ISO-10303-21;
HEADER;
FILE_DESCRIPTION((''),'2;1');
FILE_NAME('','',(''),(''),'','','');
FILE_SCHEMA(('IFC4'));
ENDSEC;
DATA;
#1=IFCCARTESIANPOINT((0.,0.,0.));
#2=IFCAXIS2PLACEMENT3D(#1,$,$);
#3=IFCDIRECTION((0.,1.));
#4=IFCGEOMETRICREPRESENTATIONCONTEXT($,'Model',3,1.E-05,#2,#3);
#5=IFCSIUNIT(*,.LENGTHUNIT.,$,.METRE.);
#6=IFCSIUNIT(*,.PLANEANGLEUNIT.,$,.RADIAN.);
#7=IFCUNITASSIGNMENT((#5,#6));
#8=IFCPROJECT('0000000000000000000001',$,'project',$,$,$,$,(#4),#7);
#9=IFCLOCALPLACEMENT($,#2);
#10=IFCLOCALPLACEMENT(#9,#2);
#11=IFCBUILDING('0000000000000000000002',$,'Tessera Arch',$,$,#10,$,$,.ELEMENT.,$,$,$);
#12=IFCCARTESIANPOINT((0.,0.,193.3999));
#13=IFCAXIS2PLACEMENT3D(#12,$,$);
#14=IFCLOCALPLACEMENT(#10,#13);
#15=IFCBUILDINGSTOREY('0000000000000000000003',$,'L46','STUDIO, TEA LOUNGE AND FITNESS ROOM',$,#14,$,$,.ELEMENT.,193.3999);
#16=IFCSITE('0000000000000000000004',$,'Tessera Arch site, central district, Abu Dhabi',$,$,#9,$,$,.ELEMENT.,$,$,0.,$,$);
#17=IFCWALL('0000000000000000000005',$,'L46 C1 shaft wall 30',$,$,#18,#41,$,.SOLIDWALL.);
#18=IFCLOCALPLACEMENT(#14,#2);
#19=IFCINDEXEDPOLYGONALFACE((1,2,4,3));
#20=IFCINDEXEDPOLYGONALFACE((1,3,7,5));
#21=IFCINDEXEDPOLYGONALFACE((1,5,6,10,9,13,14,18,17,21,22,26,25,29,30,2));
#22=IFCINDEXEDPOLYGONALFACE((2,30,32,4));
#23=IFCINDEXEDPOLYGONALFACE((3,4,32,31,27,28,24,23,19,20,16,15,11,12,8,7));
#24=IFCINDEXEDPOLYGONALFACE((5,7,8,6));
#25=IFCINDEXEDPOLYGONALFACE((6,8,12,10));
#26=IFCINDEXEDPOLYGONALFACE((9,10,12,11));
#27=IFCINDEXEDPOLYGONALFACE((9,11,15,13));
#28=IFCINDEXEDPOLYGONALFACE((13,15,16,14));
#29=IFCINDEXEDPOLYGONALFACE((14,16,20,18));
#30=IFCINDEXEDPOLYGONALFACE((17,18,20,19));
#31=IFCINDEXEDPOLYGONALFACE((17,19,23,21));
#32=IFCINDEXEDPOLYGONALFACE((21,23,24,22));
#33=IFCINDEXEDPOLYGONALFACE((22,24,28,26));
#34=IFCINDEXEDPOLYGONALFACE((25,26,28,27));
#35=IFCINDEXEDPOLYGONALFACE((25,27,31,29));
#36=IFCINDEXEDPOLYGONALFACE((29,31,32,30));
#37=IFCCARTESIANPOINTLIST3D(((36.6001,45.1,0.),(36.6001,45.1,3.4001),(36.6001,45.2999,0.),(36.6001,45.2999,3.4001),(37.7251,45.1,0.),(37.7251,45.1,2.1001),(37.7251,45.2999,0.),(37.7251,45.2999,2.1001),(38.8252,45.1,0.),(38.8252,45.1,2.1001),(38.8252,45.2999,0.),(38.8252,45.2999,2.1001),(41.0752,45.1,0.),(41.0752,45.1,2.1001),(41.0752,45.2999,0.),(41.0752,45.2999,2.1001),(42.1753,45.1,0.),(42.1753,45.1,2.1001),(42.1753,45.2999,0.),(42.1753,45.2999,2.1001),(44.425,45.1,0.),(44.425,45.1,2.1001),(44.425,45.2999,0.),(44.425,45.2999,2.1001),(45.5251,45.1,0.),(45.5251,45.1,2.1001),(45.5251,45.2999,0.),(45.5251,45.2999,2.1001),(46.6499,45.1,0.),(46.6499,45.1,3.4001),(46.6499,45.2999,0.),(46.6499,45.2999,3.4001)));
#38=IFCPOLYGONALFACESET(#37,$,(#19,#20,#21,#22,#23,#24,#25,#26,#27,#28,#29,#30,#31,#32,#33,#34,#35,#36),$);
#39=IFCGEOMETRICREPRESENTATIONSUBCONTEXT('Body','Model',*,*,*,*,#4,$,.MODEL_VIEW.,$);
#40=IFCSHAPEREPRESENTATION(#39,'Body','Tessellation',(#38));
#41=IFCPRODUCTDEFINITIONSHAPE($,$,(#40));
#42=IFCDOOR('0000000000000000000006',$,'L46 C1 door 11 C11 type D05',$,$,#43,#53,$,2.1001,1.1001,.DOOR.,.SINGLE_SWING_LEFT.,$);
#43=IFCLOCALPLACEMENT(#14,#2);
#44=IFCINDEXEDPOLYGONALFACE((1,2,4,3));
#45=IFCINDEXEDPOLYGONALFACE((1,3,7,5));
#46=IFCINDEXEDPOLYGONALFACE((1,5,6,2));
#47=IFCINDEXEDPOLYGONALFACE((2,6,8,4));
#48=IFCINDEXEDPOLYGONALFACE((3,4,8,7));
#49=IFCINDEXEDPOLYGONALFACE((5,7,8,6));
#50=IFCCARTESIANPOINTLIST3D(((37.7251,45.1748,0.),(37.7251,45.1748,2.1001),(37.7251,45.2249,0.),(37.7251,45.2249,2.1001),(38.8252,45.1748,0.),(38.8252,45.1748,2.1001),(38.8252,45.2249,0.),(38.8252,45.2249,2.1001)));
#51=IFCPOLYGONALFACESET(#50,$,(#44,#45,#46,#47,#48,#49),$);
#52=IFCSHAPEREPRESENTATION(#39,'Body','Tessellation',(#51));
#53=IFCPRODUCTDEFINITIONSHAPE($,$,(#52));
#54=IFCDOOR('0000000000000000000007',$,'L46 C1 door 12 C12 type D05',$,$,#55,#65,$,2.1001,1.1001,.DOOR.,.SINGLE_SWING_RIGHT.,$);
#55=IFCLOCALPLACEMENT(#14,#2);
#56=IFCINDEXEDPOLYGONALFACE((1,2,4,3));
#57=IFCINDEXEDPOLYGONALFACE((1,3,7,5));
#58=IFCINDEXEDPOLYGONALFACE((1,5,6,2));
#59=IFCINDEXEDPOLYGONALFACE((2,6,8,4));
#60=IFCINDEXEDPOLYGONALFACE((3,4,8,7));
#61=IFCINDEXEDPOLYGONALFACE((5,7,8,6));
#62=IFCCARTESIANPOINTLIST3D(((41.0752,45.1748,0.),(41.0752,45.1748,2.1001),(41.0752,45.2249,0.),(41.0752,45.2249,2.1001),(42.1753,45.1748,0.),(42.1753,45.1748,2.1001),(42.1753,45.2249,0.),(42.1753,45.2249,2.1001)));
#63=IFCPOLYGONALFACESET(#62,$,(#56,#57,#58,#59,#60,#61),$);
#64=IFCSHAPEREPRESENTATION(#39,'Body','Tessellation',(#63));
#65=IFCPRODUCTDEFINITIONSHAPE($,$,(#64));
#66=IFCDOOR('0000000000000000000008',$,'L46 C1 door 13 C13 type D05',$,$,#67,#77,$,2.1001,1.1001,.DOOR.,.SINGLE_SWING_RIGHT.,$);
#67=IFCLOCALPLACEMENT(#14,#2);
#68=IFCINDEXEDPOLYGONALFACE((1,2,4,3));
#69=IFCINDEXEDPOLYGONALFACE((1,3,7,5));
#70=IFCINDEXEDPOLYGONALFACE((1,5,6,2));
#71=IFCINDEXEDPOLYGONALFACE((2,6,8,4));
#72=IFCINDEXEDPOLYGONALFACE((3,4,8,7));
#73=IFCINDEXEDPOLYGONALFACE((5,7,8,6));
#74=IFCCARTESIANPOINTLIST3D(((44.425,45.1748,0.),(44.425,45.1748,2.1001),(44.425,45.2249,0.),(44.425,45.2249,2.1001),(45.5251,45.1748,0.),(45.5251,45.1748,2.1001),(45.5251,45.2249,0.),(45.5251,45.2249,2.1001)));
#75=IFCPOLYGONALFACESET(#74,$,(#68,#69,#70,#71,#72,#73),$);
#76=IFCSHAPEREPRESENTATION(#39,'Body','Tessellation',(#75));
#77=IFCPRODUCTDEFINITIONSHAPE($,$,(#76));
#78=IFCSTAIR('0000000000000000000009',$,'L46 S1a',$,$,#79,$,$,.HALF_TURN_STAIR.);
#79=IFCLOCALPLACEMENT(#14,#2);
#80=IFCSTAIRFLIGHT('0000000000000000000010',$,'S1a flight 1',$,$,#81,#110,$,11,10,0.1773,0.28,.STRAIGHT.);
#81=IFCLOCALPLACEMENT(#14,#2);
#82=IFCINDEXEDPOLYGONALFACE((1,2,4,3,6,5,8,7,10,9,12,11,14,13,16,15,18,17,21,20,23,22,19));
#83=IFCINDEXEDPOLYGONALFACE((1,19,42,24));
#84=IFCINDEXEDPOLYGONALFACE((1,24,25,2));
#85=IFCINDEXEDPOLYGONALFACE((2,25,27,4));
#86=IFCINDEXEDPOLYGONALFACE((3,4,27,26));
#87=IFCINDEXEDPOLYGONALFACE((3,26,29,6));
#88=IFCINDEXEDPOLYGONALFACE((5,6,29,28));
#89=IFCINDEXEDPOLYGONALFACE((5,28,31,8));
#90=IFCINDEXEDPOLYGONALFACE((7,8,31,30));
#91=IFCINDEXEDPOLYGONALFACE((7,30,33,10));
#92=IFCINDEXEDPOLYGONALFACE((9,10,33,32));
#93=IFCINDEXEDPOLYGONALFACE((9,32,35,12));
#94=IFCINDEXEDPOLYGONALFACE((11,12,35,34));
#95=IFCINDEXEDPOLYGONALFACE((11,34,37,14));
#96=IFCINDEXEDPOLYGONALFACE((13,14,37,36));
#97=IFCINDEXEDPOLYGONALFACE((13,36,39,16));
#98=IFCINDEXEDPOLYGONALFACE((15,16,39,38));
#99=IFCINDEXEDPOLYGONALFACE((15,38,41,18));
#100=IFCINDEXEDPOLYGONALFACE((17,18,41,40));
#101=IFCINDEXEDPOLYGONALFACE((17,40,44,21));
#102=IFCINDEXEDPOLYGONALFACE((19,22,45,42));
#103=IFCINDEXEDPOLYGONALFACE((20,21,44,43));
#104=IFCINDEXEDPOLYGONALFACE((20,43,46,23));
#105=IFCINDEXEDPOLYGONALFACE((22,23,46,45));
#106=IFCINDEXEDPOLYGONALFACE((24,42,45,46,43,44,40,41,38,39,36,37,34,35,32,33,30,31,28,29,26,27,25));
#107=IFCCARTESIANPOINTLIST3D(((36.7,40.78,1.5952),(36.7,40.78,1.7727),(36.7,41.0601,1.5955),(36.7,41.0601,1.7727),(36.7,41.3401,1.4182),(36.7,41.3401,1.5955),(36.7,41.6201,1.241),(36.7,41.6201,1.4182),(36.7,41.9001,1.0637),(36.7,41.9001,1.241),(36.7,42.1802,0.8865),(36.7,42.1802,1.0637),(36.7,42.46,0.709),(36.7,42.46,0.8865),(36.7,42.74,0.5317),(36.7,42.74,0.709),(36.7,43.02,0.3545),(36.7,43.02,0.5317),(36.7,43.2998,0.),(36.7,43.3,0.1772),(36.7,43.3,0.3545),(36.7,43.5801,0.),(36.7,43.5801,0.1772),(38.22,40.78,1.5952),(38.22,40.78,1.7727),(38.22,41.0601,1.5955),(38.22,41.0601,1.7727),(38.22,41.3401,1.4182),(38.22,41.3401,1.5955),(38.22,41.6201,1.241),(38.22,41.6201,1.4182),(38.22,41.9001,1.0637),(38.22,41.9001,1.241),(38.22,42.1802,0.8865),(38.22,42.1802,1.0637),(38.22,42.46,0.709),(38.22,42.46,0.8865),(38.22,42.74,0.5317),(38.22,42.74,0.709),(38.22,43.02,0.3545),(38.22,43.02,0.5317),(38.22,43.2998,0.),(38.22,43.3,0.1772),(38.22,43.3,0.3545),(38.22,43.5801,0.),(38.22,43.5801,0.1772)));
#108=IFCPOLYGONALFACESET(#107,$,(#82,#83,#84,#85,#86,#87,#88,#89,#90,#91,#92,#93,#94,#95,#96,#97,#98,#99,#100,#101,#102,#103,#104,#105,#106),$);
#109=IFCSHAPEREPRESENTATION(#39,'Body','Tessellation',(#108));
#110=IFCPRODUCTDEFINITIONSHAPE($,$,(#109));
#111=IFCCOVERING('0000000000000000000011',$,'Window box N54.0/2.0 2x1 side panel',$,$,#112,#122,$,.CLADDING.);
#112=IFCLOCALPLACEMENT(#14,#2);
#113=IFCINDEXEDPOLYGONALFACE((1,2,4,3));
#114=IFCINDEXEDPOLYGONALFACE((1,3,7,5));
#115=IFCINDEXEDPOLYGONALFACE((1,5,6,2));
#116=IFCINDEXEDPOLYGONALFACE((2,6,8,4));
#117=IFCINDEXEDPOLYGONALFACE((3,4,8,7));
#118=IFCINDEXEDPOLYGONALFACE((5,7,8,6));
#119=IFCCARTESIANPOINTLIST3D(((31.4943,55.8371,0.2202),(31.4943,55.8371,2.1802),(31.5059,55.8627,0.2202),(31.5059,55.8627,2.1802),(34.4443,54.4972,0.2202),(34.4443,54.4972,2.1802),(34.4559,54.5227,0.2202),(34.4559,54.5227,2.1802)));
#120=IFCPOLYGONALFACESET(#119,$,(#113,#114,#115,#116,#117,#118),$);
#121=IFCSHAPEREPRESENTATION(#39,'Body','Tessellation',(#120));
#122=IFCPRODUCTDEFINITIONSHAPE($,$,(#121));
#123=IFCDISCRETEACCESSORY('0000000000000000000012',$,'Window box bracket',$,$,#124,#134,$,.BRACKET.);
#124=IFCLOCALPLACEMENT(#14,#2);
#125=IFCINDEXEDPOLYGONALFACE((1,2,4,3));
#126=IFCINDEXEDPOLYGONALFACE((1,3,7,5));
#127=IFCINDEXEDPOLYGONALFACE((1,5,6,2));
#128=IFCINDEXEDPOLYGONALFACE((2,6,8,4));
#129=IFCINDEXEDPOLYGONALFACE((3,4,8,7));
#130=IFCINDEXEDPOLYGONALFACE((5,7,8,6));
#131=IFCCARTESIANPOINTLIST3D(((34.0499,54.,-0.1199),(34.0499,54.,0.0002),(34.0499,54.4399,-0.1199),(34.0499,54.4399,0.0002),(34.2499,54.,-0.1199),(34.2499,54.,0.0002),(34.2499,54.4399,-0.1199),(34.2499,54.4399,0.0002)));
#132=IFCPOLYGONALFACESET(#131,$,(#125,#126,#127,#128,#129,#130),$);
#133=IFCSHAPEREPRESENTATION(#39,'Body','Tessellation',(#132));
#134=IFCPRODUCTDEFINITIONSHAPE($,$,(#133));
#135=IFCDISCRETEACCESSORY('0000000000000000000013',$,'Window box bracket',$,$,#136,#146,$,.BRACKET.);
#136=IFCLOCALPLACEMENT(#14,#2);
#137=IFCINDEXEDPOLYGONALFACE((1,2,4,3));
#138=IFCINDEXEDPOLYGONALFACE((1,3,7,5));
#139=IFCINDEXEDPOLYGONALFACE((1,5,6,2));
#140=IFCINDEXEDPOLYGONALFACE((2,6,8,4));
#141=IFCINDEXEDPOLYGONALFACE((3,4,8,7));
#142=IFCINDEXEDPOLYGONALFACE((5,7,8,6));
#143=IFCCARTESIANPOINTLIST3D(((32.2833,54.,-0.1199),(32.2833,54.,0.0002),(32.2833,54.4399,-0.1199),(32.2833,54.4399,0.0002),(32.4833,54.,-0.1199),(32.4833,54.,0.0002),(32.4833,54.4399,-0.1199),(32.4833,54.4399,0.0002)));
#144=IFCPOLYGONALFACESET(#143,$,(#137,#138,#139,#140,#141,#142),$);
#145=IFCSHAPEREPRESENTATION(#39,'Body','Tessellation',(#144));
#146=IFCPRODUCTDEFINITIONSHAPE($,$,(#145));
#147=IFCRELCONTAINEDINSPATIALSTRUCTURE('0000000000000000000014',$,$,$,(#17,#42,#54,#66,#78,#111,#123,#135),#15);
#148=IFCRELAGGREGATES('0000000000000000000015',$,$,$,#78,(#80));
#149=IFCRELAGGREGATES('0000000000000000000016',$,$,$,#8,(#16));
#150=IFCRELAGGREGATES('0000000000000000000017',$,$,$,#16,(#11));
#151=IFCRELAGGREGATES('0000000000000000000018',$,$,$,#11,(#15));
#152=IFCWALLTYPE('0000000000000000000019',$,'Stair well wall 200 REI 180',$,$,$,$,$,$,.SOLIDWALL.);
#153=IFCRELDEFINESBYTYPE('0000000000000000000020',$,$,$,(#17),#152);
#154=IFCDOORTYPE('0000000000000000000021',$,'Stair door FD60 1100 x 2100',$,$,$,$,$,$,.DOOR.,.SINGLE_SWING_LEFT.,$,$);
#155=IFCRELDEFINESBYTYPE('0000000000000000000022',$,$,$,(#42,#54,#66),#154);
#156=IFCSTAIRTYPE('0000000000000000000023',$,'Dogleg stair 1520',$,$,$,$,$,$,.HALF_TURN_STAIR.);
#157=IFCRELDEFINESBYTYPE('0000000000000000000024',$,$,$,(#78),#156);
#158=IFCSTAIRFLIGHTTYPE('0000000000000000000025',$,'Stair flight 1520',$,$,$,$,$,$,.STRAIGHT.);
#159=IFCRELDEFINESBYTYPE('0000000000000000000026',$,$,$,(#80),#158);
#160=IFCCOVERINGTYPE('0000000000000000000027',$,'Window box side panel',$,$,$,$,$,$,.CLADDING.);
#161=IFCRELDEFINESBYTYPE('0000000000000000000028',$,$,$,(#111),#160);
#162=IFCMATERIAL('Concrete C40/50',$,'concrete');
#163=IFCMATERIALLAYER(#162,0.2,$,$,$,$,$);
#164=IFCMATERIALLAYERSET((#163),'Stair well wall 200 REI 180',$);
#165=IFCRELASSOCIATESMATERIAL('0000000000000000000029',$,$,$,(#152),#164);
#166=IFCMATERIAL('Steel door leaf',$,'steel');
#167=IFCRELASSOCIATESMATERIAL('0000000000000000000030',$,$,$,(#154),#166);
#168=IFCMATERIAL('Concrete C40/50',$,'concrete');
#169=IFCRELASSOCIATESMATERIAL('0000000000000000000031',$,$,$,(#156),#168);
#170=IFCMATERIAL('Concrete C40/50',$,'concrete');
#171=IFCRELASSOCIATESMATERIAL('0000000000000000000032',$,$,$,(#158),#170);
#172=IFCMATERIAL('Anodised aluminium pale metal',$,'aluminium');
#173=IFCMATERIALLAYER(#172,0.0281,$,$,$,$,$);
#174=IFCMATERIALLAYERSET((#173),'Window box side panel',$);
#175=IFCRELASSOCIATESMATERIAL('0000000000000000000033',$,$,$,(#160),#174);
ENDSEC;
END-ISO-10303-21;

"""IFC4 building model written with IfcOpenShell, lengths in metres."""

from ifc_helpers import new_model, si_unit, direction, frame, frame_2d, origin, origin_2d, place, context, subcontext, project, spatial, polyline, rectangle, outline, extrude, material, layer, layer_set, type_object, element, fill, aggregate, save


model = new_model("IFC4")

# Units and contexts
model_context = context("Model", 3, precision=1e-05, world=origin(), true_north=direction((0.0, 1.0)))
body_context = subcontext(model_context, "Body", "Model", "MODEL_VIEW")
ifc_project = project(units=[si_unit("LENGTHUNIT", "METRE"), si_unit("PLANEANGLEUNIT", "RADIAN")], contexts=[model_context])

# Site, building, storey
site_placement = place(None, origin())
site = spatial("IfcSite", under=ifc_project, at=site_placement, Name="Tessera Arch site, central district, Abu Dhabi", CompositionType="ELEMENT", RefElevation=0.0)
building_placement = place(site_placement, origin())
building = spatial("IfcBuilding", under=site, at=building_placement, Name="Tessera Arch", CompositionType="ELEMENT")
storey_placement = place(building_placement, frame((0.0, 0.0, 193.3999)))
storey = spatial("IfcBuildingStorey", under=building, at=storey_placement, Name="L46", Description="STUDIO, TEA LOUNGE AND FITNESS ROOM", CompositionType="ELEMENT", Elevation=193.3999)

# Wall, openings, doors
ifc_material_1 = material(Name="Concrete C40/50", Category="concrete")
ifc_layer_1 = layer(ifc_material_1, 0.2)
ifc_layer_set_1 = layer_set([ifc_layer_1], Name="Stair well wall 200 REI 180")
wall_type_1 = type_object("IfcWallType", Name="Stair well wall 200 REI 180", PredefinedType="SOLIDWALL", material=ifc_layer_set_1)
wall_1_placement = place(storey_placement, frame((36.6001, 45.2, 0.0), z_axis=(0.0, 0.0, 1.0), x_axis=(1.0, 0.0, 0.0)))
wall_1 = element("IfcWall", 1, at=wall_1_placement, inside=storey, type_object=wall_type_1, Name="L46 C1 shaft wall 30", PredefinedType="SOLIDWALL", context=body_context, shape_type="SweptSolid", body=[
    extrude(rectangle(XDim=10.0498, YDim=0.2, at=frame_2d((5.0249, 0.0))), origin(), (0.0, 0.0, 1.0), 3.4001),
])
opening_1_placement = place(wall_1_placement, frame((1.125, 0.0, 0.0)))
opening_1 = element("IfcOpeningElement", 2, at=opening_1_placement, cuts=wall_1, PredefinedType="OPENING", context=body_context, shape_type="SweptSolid", body=[
    extrude(rectangle(XDim=1.1001, YDim=2.1001, at=frame_2d((0.55, 1.05))), frame((0.0, 0.1099, 0.0), z_axis=(0.0, -1.0, 0.0), x_axis=(1.0, 0.0, 0.0)), (0.0, 0.0, 1.0), 0.22),
])
opening_2_placement = place(wall_1_placement, frame((4.4751, 0.0, 0.0)))
opening_2 = element("IfcOpeningElement", 3, at=opening_2_placement, cuts=wall_1, PredefinedType="OPENING", context=body_context, shape_type="SweptSolid", body=[
    extrude(rectangle(XDim=1.1001, YDim=2.1001, at=frame_2d((0.55, 1.05))), frame((0.0, 0.1099, 0.0), z_axis=(0.0, -1.0, 0.0), x_axis=(1.0, 0.0, 0.0)), (0.0, 0.0, 1.0), 0.22),
])
opening_3_placement = place(wall_1_placement, frame((7.825, 0.0, 0.0)))
opening_3 = element("IfcOpeningElement", 4, at=opening_3_placement, cuts=wall_1, PredefinedType="OPENING", context=body_context, shape_type="SweptSolid", body=[
    extrude(rectangle(XDim=1.1001, YDim=2.1001, at=frame_2d((0.55, 1.05))), frame((0.0, 0.1099, 0.0), z_axis=(0.0, -1.0, 0.0), x_axis=(1.0, 0.0, 0.0)), (0.0, 0.0, 1.0), 0.22),
])
ifc_material_2 = material(Name="Steel door leaf", Category="steel")
door_type_1 = type_object("IfcDoorType", Name="Stair door FD60 1100 x 2100", OperationType="SINGLE_SWING_LEFT", PredefinedType="DOOR", material=ifc_material_2)
door_1_placement = place(opening_1_placement, origin())
door_1 = element("IfcDoor", 5, at=door_1_placement, inside=storey, type_object=door_type_1, Name="L46 C1 door 11 C11 type D05", OperationType="SINGLE_SWING_LEFT", OverallHeight=2.1001, OverallWidth=1.1001, PredefinedType="DOOR", context=body_context, shape_type="SweptSolid", body=[
    extrude(rectangle(XDim=1.1001, YDim=2.1001, at=frame_2d((0.55, 1.05))), frame((0.0, 0.0249, 0.0), z_axis=(0.0, -1.0, 0.0), x_axis=(1.0, 0.0, 0.0)), (0.0, 0.0, 1.0), 0.05),
])
fill(opening_1, door_1)
door_2_placement = place(opening_2_placement, origin())
door_2 = element("IfcDoor", 6, at=door_2_placement, inside=storey, type_object=door_type_1, Name="L46 C1 door 12 C12 type D05", OperationType="SINGLE_SWING_RIGHT", OverallHeight=2.1001, OverallWidth=1.1001, PredefinedType="DOOR", context=body_context, shape_type="SweptSolid", body=[
    extrude(rectangle(XDim=1.1001, YDim=2.1001, at=frame_2d((0.55, 1.05))), frame((0.0, 0.0249, 0.0), z_axis=(0.0, -1.0, 0.0), x_axis=(1.0, 0.0, 0.0)), (0.0, 0.0, 1.0), 0.05),
])
fill(opening_2, door_2)
door_3_placement = place(opening_3_placement, origin())
door_3 = element("IfcDoor", 7, at=door_3_placement, inside=storey, type_object=door_type_1, Name="L46 C1 door 13 C13 type D05", OperationType="SINGLE_SWING_RIGHT", OverallHeight=2.1001, OverallWidth=1.1001, PredefinedType="DOOR", context=body_context, shape_type="SweptSolid", body=[
    extrude(rectangle(XDim=1.1001, YDim=2.1001, at=frame_2d((0.55, 1.05))), frame((0.0, 0.0249, 0.0), z_axis=(0.0, -1.0, 0.0), x_axis=(1.0, 0.0, 0.0)), (0.0, 0.0, 1.0), 0.05),
])
fill(opening_3, door_3)

# Stair, stair flight
ifc_material_3 = material(Name="Concrete C40/50", Category="concrete")
stair_type = type_object("IfcStairType", Name="Dogleg stair 1520", PredefinedType="HALF_TURN_STAIR", material=ifc_material_3)
stair_placement = place(storey_placement, origin())
stair = element("IfcStair", 8, at=stair_placement, inside=storey, type_object=stair_type, Name="L46 S1a", PredefinedType="HALF_TURN_STAIR")
ifc_material_4 = material(Name="Concrete C40/50", Category="concrete")
stair_flight_type = type_object("IfcStairFlightType", Name="Stair flight 1520", PredefinedType="STRAIGHT", material=ifc_material_4)
stair_flight_placement = place(storey_placement, frame((37.46, 43.5801, 0.0), z_axis=(0.0, 0.0, 1.0), x_axis=(0.0, -1.0, 0.0)))
stair_flight = element("IfcStairFlight", 9, at=stair_flight_placement, type_object=stair_flight_type, Name="S1a flight 1", NumberOfRisers=11, NumberOfTreads=10, PredefinedType="STRAIGHT", RiserHeight=0.1773, TreadLength=0.28, context=body_context, shape_type="SweptSolid", body=[
    extrude(outline(polyline([(0.0, 0.0), (0.0, 0.1772), (0.28, 0.1772), (0.28, 0.3545), (0.5601, 0.3545), (0.5601, 0.5317), (0.8401, 0.5317), (0.8401, 0.709), (1.1201, 0.709), (1.1201, 0.8865), (1.3999, 0.8865), (1.3999, 1.0637), (1.6799, 1.0637), (1.6799, 1.241), (1.96, 1.241), (1.96, 1.4182), (2.24, 1.4182), (2.24, 1.5955), (2.52, 1.5955), (2.52, 1.7727), (2.8, 1.7727), (2.8, 1.95), (2.8, 1.5952), (0.2803, 0.0), (0.0, 0.0)])), frame((0.0, 0.76, 0.0), z_axis=(0.0, -1.0, 0.0), x_axis=(1.0, 0.0, 0.0)), (0.0, 0.0, 1.0), 1.52),
])
aggregate(stair, [stair_flight])

# Covering
ifc_material_5 = material(Name="Anodised aluminium pale metal", Category="aluminium")
ifc_layer_2 = layer(ifc_material_5, 0.0281)
ifc_layer_set_2 = layer_set([ifc_layer_2], Name="Window box side panel")
covering_type = type_object("IfcCoveringType", Name="Window box side panel", PredefinedType="CLADDING", material=ifc_layer_set_2)
covering_placement = place(storey_placement, frame((32.9751, 55.1799, 0.2202), z_axis=(0.0, 0.0, 1.0), x_axis=(-0.910472, 0.41357, 0.0)))
element("IfcCovering", 10, at=covering_placement, inside=storey, type_object=covering_type, Name="Window box N54.0/2.0 2x1 side panel", PredefinedType="CLADDING", context=body_context, shape_type="SweptSolid", body=[
    extrude(rectangle(XDim=3.24, YDim=0.0281, at=origin_2d()), origin(), (0.0, 0.0, 1.0), 1.96),
])

# Discrete accessories
for number, where, z_axis, x_axis, name in (
    (11, (34.1499, 54.22, -0.1199), (0.0, 0.0, 1.0), (0.0, 1.0, 0.0), "Window box bracket"),
    (12, (32.3833, 54.22, -0.1199), (0.0, 0.0, 1.0), (0.0, 1.0, 0.0), "Window box bracket"),
):
    element("IfcDiscreteAccessory", number, at=place(storey_placement, frame(where, z_axis=z_axis, x_axis=x_axis)), inside=storey, Name=name, PredefinedType="BRACKET", context=body_context, shape_type="SweptSolid", body=[
        extrude(rectangle(XDim=0.4399, YDim=0.2, at=origin_2d()), origin(), (0.0, 0.0, 1.0), 0.1201),
    ])

save(model, "model.ifc")
